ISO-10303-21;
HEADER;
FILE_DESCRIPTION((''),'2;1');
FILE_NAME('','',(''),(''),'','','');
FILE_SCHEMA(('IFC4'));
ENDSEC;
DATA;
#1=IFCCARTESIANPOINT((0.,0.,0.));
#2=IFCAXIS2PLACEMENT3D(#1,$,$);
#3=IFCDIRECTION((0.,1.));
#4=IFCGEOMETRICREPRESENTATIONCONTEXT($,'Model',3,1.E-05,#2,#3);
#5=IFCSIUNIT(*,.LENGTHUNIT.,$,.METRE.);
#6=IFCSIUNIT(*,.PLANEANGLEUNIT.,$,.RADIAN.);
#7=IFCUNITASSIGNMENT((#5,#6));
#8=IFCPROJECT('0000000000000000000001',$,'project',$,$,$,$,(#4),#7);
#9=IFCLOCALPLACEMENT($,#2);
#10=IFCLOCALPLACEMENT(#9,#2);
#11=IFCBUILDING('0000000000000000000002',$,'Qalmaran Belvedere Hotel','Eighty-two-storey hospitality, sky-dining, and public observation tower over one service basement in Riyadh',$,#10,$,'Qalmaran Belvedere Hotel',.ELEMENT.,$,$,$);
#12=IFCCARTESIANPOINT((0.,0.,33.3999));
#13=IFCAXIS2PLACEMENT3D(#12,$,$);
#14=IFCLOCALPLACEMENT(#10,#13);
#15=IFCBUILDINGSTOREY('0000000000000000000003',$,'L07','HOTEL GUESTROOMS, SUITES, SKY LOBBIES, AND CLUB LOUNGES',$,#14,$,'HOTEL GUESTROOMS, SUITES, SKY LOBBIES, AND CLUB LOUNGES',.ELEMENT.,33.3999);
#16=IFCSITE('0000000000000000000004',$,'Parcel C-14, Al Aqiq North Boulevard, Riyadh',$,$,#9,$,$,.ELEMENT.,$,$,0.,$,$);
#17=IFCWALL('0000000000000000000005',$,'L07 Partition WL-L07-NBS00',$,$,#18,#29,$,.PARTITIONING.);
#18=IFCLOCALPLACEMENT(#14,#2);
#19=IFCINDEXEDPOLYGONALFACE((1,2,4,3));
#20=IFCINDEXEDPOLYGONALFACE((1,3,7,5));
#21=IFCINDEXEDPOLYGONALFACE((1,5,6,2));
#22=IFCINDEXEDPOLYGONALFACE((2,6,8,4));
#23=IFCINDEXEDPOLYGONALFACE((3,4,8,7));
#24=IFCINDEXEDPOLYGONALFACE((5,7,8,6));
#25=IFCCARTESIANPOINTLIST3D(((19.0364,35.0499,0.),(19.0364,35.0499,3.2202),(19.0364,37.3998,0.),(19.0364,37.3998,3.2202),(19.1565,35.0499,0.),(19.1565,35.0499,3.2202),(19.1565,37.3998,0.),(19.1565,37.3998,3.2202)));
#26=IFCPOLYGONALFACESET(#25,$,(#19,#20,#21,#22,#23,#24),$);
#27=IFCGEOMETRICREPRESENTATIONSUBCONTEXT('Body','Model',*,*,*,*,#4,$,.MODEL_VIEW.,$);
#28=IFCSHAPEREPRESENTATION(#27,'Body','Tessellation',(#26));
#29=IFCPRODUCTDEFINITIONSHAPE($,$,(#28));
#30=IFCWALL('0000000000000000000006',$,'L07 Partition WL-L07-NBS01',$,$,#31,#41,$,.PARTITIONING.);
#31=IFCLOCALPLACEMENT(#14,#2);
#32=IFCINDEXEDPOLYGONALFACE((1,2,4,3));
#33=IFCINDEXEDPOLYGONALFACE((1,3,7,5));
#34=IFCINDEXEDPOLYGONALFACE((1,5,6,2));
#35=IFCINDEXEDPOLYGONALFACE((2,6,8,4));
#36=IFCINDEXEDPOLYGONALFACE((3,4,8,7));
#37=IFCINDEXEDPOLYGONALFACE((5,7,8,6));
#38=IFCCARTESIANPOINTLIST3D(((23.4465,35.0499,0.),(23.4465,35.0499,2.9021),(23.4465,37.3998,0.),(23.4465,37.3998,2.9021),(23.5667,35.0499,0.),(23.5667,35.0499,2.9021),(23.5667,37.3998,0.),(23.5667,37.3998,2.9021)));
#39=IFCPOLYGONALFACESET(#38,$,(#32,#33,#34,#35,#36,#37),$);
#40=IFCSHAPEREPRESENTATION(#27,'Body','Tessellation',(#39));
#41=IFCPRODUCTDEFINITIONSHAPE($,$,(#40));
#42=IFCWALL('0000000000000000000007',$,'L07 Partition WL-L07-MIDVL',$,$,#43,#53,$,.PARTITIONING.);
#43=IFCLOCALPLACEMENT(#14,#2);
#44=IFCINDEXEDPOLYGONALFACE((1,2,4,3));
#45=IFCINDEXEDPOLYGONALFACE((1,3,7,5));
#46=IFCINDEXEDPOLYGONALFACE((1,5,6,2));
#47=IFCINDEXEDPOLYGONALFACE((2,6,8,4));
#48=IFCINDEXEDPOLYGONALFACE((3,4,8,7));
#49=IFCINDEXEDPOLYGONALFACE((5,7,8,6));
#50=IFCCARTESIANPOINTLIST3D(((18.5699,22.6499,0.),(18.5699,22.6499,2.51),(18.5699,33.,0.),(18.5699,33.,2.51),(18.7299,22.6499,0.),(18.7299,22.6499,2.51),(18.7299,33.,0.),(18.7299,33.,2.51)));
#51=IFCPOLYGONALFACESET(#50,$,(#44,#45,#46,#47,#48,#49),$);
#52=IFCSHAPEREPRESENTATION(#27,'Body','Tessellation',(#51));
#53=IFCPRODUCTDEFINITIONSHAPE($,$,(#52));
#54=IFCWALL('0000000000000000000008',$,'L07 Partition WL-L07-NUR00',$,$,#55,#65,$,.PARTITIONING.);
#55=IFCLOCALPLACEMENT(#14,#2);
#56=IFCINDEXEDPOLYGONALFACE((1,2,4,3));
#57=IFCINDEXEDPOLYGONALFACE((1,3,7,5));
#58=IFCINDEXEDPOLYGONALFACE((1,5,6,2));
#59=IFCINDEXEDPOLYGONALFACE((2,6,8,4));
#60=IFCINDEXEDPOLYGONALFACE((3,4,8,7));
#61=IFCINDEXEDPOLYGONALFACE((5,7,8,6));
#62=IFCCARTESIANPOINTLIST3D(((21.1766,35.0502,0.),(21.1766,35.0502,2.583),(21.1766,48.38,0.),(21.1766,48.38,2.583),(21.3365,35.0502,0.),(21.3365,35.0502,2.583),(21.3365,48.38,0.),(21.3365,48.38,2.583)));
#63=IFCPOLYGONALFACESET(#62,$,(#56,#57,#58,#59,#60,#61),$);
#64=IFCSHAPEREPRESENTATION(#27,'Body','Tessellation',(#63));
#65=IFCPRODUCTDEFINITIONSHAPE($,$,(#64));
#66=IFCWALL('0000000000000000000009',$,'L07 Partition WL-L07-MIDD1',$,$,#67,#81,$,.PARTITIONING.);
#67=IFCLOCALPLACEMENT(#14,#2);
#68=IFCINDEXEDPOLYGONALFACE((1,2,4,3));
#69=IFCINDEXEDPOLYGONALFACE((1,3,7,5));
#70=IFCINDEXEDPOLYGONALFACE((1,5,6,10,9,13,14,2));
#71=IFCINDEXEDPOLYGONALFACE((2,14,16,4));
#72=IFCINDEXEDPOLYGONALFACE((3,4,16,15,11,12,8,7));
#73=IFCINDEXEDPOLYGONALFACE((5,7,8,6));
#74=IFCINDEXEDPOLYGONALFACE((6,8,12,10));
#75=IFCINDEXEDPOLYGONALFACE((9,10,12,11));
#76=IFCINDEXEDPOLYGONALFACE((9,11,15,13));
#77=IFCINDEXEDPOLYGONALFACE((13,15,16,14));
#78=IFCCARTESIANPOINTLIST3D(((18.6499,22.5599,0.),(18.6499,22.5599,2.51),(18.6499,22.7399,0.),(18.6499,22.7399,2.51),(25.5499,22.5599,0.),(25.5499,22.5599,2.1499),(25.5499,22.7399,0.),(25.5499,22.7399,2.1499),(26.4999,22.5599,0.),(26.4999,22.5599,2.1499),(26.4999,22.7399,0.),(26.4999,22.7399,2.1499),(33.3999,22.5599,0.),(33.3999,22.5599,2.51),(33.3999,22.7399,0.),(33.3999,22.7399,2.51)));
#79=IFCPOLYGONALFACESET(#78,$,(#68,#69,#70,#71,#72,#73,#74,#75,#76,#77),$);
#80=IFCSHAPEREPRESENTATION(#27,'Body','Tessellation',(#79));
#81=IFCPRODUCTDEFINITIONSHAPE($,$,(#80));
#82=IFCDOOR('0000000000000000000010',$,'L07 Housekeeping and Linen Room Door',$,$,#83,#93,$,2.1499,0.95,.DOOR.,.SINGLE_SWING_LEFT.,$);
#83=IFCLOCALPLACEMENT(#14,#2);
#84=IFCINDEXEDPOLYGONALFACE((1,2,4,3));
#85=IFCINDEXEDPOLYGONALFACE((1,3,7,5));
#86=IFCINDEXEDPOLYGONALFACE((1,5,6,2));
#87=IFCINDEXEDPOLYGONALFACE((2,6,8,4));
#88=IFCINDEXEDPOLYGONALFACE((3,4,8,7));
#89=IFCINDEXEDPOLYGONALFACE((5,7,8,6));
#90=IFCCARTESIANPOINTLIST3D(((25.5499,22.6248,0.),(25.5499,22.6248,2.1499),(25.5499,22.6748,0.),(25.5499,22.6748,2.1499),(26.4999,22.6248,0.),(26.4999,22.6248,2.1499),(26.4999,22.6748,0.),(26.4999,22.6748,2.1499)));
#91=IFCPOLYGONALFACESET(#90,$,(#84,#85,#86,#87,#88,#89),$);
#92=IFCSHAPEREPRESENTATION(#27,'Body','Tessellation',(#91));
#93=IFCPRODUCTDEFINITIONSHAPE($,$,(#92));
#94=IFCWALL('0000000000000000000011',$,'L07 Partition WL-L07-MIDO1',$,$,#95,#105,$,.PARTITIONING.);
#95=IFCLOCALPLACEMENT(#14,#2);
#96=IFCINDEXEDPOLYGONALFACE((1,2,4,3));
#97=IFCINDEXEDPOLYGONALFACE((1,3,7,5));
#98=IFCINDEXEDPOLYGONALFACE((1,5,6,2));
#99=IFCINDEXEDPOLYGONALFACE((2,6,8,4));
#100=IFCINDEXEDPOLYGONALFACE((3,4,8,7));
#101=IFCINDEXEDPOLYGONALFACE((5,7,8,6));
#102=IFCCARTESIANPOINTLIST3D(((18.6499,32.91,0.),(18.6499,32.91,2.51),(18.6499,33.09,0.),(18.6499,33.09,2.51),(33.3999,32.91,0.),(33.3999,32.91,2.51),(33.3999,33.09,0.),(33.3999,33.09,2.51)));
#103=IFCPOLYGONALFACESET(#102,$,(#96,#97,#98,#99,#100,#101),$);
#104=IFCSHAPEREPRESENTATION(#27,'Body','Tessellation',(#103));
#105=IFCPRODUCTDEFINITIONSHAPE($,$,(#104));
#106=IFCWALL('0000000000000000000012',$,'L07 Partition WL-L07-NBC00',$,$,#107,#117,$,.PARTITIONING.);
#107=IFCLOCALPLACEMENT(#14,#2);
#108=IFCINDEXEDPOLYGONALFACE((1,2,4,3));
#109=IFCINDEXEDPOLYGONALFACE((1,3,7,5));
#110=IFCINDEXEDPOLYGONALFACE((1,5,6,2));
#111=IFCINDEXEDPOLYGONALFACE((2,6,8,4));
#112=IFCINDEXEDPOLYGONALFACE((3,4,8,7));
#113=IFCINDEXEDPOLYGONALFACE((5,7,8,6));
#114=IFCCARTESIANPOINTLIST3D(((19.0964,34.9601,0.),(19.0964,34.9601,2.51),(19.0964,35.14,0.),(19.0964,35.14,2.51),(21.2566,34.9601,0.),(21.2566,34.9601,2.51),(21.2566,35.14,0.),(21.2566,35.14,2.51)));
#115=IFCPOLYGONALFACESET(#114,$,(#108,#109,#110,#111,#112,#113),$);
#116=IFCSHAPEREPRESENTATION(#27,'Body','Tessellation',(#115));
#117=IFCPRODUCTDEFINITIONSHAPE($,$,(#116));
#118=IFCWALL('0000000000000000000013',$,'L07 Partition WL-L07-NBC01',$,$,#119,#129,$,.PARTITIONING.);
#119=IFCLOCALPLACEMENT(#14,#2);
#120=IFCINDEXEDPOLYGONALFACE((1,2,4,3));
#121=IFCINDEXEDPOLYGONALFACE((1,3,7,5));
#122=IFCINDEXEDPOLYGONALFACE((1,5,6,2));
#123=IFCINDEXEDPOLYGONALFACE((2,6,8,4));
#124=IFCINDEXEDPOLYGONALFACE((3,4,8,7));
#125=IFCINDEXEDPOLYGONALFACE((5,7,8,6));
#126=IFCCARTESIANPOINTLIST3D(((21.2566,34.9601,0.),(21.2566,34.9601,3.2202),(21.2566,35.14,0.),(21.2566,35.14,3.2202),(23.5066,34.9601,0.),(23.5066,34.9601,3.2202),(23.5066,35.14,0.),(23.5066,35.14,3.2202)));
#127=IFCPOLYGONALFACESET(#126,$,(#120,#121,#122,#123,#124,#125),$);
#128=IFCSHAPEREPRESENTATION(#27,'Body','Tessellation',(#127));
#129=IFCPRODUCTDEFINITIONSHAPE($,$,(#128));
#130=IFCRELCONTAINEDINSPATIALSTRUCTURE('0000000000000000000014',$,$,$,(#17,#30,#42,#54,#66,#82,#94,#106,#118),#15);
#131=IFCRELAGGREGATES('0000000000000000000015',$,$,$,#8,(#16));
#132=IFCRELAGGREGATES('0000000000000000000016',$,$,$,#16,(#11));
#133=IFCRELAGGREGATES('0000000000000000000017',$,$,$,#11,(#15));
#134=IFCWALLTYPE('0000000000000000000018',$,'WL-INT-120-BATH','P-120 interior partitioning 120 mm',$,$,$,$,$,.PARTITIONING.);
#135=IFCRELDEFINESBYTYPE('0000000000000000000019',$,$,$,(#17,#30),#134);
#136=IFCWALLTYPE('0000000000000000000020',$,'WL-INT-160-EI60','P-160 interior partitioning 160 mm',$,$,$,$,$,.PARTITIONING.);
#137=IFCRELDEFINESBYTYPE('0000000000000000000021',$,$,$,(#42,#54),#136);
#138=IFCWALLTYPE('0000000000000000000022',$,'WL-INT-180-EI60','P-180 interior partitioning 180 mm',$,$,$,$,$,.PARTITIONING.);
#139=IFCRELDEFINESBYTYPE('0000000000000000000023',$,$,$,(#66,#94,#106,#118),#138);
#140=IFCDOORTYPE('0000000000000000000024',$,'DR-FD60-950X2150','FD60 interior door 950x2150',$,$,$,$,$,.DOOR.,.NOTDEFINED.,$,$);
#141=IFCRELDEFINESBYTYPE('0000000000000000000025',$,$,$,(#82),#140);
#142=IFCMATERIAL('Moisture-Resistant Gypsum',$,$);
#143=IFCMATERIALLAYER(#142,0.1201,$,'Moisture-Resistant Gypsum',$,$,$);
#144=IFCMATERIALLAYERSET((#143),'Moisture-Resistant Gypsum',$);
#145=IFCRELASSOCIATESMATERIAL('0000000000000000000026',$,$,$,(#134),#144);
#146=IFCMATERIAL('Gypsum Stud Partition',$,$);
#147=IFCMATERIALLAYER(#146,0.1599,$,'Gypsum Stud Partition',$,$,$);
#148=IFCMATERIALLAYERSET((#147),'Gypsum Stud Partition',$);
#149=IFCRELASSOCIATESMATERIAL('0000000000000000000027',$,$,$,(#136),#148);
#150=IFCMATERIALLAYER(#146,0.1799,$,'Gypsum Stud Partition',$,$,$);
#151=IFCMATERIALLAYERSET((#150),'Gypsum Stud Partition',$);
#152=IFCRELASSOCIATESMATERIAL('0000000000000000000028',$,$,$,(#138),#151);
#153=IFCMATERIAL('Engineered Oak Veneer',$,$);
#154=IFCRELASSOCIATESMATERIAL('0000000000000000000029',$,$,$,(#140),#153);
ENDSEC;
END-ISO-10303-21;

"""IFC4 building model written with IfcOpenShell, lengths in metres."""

from ifc_helpers import new_model, si_unit, direction, frame, frame_2d, origin, place, context, subcontext, project, spatial, rectangle, extrude, material, layer, layer_set, type_object, element, fill, save


model = new_model("IFC4")

# Units and contexts
model_context = context("Model", 3, precision=1e-05, world=origin(), true_north=direction((0.0, 1.0)))
body_context = subcontext(model_context, "Body", "Model", "MODEL_VIEW")
ifc_project = project(units=[si_unit("LENGTHUNIT", "METRE"), si_unit("PLANEANGLEUNIT", "RADIAN")], contexts=[model_context])

# Site, building, storey
site_placement = place(None, origin())
site = spatial("IfcSite", under=ifc_project, at=site_placement, Name="Parcel C-14, Al Aqiq North Boulevard, Riyadh", CompositionType="ELEMENT", RefElevation=0.0)
building_placement = place(site_placement, origin())
building = spatial("IfcBuilding", under=site, at=building_placement, Name="Qalmaran Belvedere Hotel", Description="Eighty-two-storey hospitality, sky-dining, and public observation tower over one service basement in Riyadh", LongName="Qalmaran Belvedere Hotel", CompositionType="ELEMENT")
storey_placement = place(building_placement, frame((0.0, 0.0, 33.3999)))
storey = spatial("IfcBuildingStorey", under=building, at=storey_placement, Name="L07", Description="HOTEL GUESTROOMS, SUITES, SKY LOBBIES, AND CLUB LOUNGES", LongName="HOTEL GUESTROOMS, SUITES, SKY LOBBIES, AND CLUB LOUNGES", CompositionType="ELEMENT", Elevation=33.3999)

# Walls
ifc_material_1 = material(Name="Moisture-Resistant Gypsum")
ifc_layer_1 = layer(ifc_material_1, 0.1201, Name="Moisture-Resistant Gypsum")
ifc_layer_set_1 = layer_set([ifc_layer_1], Name="Moisture-Resistant Gypsum")
wall_type_1 = type_object("IfcWallType", Name="WL-INT-120-BATH", Description="P-120 interior partitioning 120 mm", PredefinedType="PARTITIONING", material=ifc_layer_set_1)
wall_1_placement = place(storey_placement, frame((19.0964, 35.05, 0.0), z_axis=(0.0, 0.0, 1.0), x_axis=(0.0, 1.0, 0.0)))
element("IfcWall", 1, at=wall_1_placement, inside=storey, type_object=wall_type_1, Name="L07 Partition WL-L07-NBS00", PredefinedType="PARTITIONING", context=body_context, shape_type="SweptSolid", body=[
    extrude(rectangle(XDim=2.3499, YDim=0.1201, at=frame_2d((1.1748, 0.0))), origin(), (0.0, 0.0, 1.0), 3.2202),
])
wall_2_placement = place(storey_placement, frame((23.5066, 35.05, 0.0), z_axis=(0.0, 0.0, 1.0), x_axis=(0.0, 1.0, 0.0)))
element("IfcWall", 2, at=wall_2_placement, inside=storey, type_object=wall_type_1, Name="L07 Partition WL-L07-NBS01", PredefinedType="PARTITIONING", context=body_context, shape_type="SweptSolid", body=[
    extrude(rectangle(XDim=2.3499, YDim=0.1201, at=frame_2d((1.1748, 0.0))), origin(), (0.0, 0.0, 1.0), 2.9021),
])

# Shared definitions
ifc_material_2 = material(Name="Gypsum Stud Partition")

# Walls
ifc_layer_2 = layer(ifc_material_2, 0.1599, Name="Gypsum Stud Partition")
ifc_layer_set_2 = layer_set([ifc_layer_2], Name="Gypsum Stud Partition")
wall_type_2 = type_object("IfcWallType", Name="WL-INT-160-EI60", Description="P-160 interior partitioning 160 mm", PredefinedType="PARTITIONING", material=ifc_layer_set_2)
wall_3_placement = place(storey_placement, frame((18.6499, 22.6499, 0.0), z_axis=(0.0, 0.0, 1.0), x_axis=(0.0, 1.0, 0.0)))
element("IfcWall", 3, at=wall_3_placement, inside=storey, type_object=wall_type_2, Name="L07 Partition WL-L07-MIDVL", PredefinedType="PARTITIONING", context=body_context, shape_type="SweptSolid", body=[
    extrude(rectangle(XDim=10.3501, YDim=0.1599, at=frame_2d((5.175, 0.0))), origin(), (0.0, 0.0, 1.0), 2.51),
])
wall_4_placement = place(storey_placement, frame((21.2566, 35.05, 0.0), z_axis=(0.0, 0.0, 1.0), x_axis=(0.0, 1.0, 0.0)))
element("IfcWall", 4, at=wall_4_placement, inside=storey, type_object=wall_type_2, Name="L07 Partition WL-L07-NUR00", PredefinedType="PARTITIONING", context=body_context, shape_type="SweptSolid", body=[
    extrude(rectangle(XDim=13.3298, YDim=0.1599, at=frame_2d((6.665, 0.0))), origin(), (0.0, 0.0, 1.0), 2.583),
])

# Wall, opening, door
ifc_layer_3 = layer(ifc_material_2, 0.1799, Name="Gypsum Stud Partition")
ifc_layer_set_3 = layer_set([ifc_layer_3], Name="Gypsum Stud Partition")
wall_type_3 = type_object("IfcWallType", Name="WL-INT-180-EI60", Description="P-180 interior partitioning 180 mm", PredefinedType="PARTITIONING", material=ifc_layer_set_3)
wall_5_placement = place(storey_placement, frame((18.6499, 22.6499, 0.0), z_axis=(0.0, 0.0, 1.0), x_axis=(1.0, 0.0, 0.0)))
wall_5 = element("IfcWall", 5, at=wall_5_placement, inside=storey, type_object=wall_type_3, Name="L07 Partition WL-L07-MIDD1", PredefinedType="PARTITIONING", context=body_context, shape_type="SweptSolid", body=[
    extrude(rectangle(XDim=14.75, YDim=0.1799, at=frame_2d((7.375, 0.0))), origin(), (0.0, 0.0, 1.0), 2.51),
])
opening_1_placement = place(wall_5_placement, frame((6.8999, 0.0, 0.0)))
opening_1 = element("IfcOpeningElement", 6, at=opening_1_placement, cuts=wall_5, PredefinedType="OPENING", context=body_context, shape_type="SweptSolid", body=[
    extrude(rectangle(XDim=0.95, YDim=2.1499, at=frame_2d((0.4751, 1.075))), frame((0.0, 0.1001, 0.0), z_axis=(0.0, -1.0, 0.0), x_axis=(1.0, 0.0, 0.0)), (0.0, 0.0, 1.0), 0.2),
])
ifc_material_3 = material(Name="Engineered Oak Veneer")
door_type_1 = type_object("IfcDoorType", Name="DR-FD60-950X2150", Description="FD60 interior door 950x2150", OperationType="NOTDEFINED", PredefinedType="DOOR", material=ifc_material_3)
door_1_placement = place(opening_1_placement, origin())
door_1 = element("IfcDoor", 7, at=door_1_placement, inside=storey, type_object=door_type_1, Name="L07 Housekeeping and Linen Room Door", OperationType="SINGLE_SWING_LEFT", OverallHeight=2.1499, OverallWidth=0.95, PredefinedType="DOOR", context=body_context, shape_type="SweptSolid", body=[
    extrude(rectangle(XDim=0.95, YDim=2.1499, at=frame_2d((0.4751, 1.075))), frame((0.0, 0.0249, 0.0), z_axis=(0.0, -1.0, 0.0), x_axis=(1.0, 0.0, 0.0)), (0.0, 0.0, 1.0), 0.05),
])
fill(opening_1, door_1)

# Walls
wall_6_placement = place(storey_placement, frame((18.6499, 33.0, 0.0), z_axis=(0.0, 0.0, 1.0), x_axis=(1.0, 0.0, 0.0)))
element("IfcWall", 8, at=wall_6_placement, inside=storey, type_object=wall_type_3, Name="L07 Partition WL-L07-MIDO1", PredefinedType="PARTITIONING", context=body_context, shape_type="SweptSolid", body=[
    extrude(rectangle(XDim=14.75, YDim=0.1799, at=frame_2d((7.375, 0.0))), origin(), (0.0, 0.0, 1.0), 2.51),
])
wall_7_placement = place(storey_placement, frame((19.0964, 35.05, 0.0), z_axis=(0.0, 0.0, 1.0), x_axis=(1.0, 0.0, 0.0)))
element("IfcWall", 9, at=wall_7_placement, inside=storey, type_object=wall_type_3, Name="L07 Partition WL-L07-NBC00", PredefinedType="PARTITIONING", context=body_context, shape_type="SweptSolid", body=[
    extrude(rectangle(XDim=2.1602, YDim=0.1799, at=frame_2d((1.0801, 0.0))), origin(), (0.0, 0.0, 1.0), 2.51),
])
wall_8_placement = place(storey_placement, frame((21.2566, 35.05, 0.0), z_axis=(0.0, 0.0, 1.0), x_axis=(1.0, 0.0, 0.0)))
element("IfcWall", 10, at=wall_8_placement, inside=storey, type_object=wall_type_3, Name="L07 Partition WL-L07-NBC01", PredefinedType="PARTITIONING", context=body_context, shape_type="SweptSolid", body=[
    extrude(rectangle(XDim=2.25, YDim=0.1799, at=frame_2d((1.125, 0.0))), origin(), (0.0, 0.0, 1.0), 3.2202),
])

save(model, "model.ifc")
